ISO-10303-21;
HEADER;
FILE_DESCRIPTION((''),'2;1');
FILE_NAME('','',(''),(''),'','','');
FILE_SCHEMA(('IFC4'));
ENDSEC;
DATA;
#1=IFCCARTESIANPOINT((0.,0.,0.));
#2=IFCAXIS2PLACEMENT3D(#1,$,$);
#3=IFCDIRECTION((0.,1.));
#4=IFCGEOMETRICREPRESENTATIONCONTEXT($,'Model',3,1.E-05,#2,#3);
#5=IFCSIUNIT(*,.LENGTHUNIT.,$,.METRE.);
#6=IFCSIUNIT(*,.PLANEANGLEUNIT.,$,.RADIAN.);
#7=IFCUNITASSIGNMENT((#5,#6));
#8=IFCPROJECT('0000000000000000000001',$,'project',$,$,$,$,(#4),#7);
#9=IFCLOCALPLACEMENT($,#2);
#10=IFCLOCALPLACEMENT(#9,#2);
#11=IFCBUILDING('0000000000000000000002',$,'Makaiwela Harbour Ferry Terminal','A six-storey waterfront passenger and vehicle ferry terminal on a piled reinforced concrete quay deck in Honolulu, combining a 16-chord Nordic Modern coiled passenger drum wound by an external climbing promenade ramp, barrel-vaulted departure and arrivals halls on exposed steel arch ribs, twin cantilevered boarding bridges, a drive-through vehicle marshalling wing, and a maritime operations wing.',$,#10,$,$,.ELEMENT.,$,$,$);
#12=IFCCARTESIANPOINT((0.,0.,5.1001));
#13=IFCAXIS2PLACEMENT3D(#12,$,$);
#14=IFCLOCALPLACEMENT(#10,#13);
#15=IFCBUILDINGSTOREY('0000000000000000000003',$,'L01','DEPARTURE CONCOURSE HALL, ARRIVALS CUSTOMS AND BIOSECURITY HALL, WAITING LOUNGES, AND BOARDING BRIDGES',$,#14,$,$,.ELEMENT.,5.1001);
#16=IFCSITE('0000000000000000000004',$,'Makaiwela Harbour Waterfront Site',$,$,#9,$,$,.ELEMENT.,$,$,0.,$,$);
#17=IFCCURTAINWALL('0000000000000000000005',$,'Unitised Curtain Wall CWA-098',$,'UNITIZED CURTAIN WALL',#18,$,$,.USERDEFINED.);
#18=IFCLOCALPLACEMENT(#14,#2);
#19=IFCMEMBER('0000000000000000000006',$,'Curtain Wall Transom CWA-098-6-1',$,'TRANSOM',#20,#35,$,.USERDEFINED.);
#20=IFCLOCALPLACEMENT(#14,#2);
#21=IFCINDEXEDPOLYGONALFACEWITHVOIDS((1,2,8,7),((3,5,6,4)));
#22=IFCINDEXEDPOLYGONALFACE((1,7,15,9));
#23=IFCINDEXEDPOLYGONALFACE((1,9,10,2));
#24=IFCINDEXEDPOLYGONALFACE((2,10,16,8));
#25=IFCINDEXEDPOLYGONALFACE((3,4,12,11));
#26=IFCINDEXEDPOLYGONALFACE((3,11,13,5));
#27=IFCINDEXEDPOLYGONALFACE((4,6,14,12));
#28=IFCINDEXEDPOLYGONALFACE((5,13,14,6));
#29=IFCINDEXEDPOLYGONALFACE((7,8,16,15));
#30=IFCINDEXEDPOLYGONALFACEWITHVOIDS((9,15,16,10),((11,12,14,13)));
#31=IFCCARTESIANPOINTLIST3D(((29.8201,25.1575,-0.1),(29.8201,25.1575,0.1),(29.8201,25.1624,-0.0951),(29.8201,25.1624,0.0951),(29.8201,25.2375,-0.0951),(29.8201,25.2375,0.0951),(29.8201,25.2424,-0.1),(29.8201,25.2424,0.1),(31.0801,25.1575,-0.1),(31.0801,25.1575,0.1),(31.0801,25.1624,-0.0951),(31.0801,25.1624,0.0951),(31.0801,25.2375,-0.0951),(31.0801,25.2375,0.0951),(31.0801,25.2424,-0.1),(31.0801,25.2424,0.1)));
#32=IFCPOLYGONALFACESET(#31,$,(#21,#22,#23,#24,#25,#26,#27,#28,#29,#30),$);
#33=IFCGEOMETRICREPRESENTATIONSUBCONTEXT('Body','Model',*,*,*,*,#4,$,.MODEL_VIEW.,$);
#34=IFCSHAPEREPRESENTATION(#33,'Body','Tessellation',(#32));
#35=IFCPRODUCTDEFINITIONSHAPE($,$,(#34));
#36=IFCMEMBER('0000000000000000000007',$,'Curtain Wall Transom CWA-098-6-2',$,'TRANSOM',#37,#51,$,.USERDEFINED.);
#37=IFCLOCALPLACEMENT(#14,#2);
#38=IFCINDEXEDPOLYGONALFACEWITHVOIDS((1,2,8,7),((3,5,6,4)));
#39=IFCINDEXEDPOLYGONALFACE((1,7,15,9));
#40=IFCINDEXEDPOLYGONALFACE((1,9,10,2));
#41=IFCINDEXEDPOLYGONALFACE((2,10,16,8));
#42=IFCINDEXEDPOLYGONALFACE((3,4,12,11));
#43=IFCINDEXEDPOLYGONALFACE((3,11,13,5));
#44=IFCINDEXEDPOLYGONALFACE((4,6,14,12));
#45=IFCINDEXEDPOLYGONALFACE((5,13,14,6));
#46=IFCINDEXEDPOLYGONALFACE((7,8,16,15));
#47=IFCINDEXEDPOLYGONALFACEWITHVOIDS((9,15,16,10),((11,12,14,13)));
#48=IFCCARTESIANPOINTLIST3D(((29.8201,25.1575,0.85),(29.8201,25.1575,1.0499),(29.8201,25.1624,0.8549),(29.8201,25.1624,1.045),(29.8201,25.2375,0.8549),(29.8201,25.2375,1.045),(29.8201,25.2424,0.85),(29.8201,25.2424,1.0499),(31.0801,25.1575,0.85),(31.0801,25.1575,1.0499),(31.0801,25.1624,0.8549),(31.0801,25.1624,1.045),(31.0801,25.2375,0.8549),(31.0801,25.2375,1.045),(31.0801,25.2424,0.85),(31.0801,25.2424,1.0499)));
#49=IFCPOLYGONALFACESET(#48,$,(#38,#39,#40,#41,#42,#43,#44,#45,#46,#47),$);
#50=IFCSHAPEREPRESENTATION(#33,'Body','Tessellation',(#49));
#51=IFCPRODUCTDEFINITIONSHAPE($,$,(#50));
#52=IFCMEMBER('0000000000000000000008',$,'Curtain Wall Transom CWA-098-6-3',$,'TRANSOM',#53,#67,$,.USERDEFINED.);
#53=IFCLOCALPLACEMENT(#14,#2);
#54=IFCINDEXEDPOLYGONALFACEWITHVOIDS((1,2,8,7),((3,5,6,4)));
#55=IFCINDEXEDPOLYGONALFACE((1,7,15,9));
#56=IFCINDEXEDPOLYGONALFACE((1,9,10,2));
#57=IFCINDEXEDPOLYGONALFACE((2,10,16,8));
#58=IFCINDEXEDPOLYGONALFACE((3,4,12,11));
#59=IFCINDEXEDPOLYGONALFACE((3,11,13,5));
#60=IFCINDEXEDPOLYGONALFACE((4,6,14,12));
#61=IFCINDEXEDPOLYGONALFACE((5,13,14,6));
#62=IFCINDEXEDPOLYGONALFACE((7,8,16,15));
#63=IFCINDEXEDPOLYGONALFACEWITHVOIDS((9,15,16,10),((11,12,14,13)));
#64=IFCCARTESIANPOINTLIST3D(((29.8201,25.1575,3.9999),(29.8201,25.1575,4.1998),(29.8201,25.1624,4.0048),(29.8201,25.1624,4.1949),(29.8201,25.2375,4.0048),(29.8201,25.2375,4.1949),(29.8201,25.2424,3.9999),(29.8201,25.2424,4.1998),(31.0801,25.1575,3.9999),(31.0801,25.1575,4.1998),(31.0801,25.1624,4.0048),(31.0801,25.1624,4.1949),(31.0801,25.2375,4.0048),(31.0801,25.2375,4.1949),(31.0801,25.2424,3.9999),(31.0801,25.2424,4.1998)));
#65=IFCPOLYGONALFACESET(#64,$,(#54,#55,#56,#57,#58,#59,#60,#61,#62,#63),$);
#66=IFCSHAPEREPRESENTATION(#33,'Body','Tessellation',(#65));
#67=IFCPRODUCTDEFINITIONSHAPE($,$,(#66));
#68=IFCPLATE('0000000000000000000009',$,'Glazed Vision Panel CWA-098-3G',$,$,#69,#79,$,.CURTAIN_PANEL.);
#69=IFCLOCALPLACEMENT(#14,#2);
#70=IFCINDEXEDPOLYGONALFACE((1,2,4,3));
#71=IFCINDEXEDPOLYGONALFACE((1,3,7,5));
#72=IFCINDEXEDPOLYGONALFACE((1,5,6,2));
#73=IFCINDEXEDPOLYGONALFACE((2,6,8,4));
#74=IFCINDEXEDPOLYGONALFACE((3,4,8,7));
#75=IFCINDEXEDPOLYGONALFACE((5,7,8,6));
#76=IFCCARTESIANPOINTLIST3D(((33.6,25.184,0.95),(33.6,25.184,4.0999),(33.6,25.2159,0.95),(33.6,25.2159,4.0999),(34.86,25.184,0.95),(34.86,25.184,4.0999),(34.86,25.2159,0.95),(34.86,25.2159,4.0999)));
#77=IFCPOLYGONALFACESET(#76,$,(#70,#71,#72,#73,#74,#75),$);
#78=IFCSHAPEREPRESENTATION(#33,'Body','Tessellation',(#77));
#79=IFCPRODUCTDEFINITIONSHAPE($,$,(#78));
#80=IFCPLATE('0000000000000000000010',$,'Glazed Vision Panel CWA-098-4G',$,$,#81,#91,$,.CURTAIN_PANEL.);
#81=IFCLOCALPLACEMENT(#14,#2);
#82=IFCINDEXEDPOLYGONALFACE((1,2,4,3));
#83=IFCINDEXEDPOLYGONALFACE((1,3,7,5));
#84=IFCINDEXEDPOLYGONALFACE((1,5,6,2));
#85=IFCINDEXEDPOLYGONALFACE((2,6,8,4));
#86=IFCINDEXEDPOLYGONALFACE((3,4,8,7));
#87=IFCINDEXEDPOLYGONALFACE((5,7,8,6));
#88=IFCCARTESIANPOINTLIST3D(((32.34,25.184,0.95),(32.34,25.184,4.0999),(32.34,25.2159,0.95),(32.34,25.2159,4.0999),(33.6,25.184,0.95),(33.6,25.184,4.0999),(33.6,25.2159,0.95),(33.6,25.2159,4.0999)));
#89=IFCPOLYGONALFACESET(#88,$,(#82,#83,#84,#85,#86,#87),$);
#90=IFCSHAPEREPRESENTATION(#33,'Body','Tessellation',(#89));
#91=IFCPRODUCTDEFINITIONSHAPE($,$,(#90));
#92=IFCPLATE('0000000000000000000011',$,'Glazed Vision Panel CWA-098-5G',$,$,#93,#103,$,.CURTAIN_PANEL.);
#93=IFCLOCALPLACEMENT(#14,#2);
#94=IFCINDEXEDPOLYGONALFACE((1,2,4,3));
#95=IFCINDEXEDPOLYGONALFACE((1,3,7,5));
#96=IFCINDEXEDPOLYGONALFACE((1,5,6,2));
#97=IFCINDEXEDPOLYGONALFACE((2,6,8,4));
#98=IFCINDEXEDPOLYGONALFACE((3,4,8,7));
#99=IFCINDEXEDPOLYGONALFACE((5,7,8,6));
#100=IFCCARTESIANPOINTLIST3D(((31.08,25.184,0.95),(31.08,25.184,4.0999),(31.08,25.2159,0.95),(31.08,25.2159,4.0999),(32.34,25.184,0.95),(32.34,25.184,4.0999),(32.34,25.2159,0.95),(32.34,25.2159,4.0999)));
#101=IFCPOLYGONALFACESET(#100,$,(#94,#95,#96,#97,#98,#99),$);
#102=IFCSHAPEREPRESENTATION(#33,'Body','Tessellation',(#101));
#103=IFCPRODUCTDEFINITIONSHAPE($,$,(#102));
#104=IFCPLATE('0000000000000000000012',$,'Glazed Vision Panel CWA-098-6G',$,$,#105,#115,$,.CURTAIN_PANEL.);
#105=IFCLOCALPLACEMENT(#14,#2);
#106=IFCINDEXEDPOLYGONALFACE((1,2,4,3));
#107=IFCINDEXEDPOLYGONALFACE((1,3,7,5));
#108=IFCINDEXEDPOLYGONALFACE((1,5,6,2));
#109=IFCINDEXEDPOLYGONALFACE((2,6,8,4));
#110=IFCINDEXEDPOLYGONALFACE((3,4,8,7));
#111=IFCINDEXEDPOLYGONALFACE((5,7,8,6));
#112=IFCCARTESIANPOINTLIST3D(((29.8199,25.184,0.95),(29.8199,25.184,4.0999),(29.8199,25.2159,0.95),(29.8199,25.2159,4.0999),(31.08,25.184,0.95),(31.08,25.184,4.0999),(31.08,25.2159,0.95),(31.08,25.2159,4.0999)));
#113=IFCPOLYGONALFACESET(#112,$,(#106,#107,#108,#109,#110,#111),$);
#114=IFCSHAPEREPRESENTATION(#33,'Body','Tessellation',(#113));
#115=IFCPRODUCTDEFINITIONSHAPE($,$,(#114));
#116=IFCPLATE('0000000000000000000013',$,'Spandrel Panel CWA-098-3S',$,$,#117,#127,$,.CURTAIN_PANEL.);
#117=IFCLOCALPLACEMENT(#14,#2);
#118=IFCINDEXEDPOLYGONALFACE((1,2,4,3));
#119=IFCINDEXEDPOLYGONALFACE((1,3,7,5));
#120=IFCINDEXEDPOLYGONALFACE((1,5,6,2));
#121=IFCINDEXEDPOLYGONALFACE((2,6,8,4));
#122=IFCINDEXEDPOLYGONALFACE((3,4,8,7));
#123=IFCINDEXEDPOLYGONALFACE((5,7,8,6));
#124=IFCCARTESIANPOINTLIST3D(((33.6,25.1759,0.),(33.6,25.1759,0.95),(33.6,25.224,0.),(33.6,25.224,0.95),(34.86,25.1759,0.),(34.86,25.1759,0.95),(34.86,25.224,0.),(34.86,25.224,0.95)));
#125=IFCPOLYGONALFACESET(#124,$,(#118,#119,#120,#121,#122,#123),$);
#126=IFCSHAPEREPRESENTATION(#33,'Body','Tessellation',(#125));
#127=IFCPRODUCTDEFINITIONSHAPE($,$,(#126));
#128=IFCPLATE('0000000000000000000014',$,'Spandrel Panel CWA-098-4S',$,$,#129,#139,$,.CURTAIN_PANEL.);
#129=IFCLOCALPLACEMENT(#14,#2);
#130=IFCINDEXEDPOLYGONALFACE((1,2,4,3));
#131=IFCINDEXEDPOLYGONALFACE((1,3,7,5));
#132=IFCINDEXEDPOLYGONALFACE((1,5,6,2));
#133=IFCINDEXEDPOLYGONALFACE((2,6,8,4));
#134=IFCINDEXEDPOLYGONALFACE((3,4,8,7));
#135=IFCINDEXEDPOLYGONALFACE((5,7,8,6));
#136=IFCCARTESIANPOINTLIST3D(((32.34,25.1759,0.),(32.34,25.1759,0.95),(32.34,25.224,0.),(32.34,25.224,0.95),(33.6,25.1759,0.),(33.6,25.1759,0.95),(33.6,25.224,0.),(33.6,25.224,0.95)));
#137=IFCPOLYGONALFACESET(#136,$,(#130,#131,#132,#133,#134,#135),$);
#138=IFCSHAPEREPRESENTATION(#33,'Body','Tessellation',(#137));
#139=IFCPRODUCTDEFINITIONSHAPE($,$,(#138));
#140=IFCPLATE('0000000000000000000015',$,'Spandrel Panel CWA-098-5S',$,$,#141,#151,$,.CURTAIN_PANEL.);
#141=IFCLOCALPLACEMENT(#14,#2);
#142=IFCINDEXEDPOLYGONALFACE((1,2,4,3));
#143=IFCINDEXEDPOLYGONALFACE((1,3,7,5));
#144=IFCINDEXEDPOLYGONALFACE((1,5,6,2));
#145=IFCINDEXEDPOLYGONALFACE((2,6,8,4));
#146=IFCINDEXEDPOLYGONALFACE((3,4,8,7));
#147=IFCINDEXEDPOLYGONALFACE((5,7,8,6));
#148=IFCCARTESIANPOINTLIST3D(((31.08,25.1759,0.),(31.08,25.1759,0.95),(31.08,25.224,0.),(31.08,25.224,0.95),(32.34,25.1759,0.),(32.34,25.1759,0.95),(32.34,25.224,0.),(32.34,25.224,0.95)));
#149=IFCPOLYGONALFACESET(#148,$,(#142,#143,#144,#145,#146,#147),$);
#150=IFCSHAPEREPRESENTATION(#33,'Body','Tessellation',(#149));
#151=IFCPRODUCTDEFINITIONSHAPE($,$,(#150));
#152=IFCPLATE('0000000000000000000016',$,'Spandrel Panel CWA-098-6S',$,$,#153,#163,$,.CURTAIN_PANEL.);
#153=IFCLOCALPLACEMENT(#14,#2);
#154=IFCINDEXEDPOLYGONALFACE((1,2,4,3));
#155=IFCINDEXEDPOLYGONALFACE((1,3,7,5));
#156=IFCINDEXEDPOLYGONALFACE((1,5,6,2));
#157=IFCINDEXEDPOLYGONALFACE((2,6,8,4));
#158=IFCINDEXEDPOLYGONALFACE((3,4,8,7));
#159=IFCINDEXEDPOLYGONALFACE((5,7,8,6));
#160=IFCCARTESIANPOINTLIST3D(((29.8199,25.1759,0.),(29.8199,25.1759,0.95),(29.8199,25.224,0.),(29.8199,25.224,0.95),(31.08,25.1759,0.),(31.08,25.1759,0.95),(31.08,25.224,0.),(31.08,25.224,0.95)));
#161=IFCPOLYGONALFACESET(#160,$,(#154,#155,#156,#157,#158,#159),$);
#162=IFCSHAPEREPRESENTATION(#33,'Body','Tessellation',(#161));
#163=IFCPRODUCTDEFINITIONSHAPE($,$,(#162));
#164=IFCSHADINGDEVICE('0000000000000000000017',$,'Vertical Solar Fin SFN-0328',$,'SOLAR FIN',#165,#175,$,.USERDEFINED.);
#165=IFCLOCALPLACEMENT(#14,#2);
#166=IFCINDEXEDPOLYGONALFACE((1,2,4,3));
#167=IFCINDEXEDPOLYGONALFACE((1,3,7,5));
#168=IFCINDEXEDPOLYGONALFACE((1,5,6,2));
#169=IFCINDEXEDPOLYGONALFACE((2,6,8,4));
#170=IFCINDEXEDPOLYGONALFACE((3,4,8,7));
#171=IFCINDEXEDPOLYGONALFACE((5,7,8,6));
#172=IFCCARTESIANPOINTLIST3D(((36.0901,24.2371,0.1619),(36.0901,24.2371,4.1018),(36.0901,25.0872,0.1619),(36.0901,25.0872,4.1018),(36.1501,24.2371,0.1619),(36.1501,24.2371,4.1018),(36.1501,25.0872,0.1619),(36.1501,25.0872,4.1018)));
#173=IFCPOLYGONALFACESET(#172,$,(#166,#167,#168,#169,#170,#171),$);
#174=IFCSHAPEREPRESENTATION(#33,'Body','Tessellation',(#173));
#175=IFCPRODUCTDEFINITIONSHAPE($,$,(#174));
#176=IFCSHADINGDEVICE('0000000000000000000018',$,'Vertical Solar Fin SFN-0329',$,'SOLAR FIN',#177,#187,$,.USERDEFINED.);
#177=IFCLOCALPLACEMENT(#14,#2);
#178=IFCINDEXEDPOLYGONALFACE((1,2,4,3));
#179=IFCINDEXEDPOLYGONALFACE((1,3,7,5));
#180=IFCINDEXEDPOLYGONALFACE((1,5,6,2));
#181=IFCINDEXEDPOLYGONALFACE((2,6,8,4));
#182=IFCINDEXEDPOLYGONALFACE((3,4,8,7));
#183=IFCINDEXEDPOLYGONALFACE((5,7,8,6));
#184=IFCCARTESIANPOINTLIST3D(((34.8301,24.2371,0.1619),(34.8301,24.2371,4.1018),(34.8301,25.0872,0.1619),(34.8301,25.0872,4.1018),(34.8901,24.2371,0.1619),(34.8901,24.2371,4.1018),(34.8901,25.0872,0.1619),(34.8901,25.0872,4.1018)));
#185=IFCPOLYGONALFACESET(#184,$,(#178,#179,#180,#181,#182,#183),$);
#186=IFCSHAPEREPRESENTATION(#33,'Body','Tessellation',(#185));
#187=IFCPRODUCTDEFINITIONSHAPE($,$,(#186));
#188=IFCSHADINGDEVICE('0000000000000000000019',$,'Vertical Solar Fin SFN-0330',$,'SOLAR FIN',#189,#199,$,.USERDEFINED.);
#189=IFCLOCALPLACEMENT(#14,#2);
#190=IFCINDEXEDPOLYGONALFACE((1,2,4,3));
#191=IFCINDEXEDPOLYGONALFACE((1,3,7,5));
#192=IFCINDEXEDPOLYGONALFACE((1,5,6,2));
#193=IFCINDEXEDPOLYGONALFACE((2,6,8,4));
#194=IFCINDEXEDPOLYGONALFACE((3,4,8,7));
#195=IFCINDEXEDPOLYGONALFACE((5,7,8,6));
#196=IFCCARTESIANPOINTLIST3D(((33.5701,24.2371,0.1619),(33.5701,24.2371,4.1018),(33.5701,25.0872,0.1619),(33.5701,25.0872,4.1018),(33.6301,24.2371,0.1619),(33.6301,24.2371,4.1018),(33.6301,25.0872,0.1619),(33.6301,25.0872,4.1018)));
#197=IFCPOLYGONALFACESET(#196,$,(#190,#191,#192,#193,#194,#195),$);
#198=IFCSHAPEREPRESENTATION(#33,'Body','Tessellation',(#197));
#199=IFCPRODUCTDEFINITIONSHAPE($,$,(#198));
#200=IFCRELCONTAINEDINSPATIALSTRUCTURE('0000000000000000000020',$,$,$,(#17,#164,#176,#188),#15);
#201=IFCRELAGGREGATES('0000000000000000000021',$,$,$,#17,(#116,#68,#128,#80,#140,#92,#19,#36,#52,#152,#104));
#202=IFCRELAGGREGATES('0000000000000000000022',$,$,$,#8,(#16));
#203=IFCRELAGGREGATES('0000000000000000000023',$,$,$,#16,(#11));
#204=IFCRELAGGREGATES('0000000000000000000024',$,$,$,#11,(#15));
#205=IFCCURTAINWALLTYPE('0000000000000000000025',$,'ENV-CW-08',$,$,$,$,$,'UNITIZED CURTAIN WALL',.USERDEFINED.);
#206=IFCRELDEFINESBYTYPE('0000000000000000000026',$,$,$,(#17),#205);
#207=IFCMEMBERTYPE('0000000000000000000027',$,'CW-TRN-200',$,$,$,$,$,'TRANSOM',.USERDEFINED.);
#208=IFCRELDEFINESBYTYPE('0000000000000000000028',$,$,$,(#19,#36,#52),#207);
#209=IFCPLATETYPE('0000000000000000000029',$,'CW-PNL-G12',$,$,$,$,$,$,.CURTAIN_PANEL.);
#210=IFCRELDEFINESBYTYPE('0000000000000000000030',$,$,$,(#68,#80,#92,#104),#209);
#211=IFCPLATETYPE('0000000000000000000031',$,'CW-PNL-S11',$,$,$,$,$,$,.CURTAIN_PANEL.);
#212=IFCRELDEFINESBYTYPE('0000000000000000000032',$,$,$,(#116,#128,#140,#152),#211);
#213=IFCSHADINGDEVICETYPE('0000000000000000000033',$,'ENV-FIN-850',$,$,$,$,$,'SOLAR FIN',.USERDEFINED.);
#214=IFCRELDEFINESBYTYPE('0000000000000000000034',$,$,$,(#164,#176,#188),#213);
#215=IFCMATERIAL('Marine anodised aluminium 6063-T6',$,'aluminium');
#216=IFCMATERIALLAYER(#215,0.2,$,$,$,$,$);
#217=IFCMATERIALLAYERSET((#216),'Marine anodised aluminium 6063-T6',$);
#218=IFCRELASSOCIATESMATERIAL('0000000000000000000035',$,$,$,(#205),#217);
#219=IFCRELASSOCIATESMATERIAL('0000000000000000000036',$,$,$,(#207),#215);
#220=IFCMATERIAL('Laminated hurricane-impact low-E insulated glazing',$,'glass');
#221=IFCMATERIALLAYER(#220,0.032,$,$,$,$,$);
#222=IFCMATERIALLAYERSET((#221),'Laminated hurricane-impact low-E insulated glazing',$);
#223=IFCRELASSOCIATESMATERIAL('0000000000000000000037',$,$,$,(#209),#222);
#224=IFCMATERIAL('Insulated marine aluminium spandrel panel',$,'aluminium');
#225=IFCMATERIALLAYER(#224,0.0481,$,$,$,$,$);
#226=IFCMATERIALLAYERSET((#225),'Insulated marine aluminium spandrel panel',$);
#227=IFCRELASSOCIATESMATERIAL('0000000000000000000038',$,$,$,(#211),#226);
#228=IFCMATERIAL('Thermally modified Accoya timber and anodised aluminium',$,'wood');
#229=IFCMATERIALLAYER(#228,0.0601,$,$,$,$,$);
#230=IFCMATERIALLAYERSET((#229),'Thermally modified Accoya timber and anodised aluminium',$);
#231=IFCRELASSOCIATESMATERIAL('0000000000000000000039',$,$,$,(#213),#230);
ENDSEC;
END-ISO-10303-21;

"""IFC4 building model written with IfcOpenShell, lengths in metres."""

from ifc_helpers import new_model, si_unit, direction, frame, origin, origin_2d, place, context, subcontext, project, spatial, rectangle, hollow_rectangle, extrude, material, layer, layer_set, material_profile, profile_set, type_object, element, aggregate, save


model = new_model("IFC4")

# Units and contexts
model_context = context("Model", 3, precision=1e-05, world=origin(), true_north=direction((0.0, 1.0)))
body_context = subcontext(model_context, "Body", "Model", "MODEL_VIEW")
ifc_project = project(units=[si_unit("LENGTHUNIT", "METRE"), si_unit("PLANEANGLEUNIT", "RADIAN")], contexts=[model_context])

# Site, building, storey
site_placement = place(None, origin())
site = spatial("IfcSite", under=ifc_project, at=site_placement, Name="Makaiwela Harbour Waterfront Site", CompositionType="ELEMENT", RefElevation=0.0)
building_placement = place(site_placement, origin())
building = spatial("IfcBuilding", under=site, at=building_placement, Name="Makaiwela Harbour Ferry Terminal", Description="A six-storey waterfront passenger and vehicle ferry terminal on a piled reinforced concrete quay deck in Honolulu, combining a 16-chord Nordic Modern coiled passenger drum wound by an external climbing promenade ramp, barrel-vaulted departure and arrivals halls on exposed steel arch ribs, twin cantilevered boarding bridges, a drive-through vehicle marshalling wing, and a maritime operations wing.", CompositionType="ELEMENT")
storey_placement = place(building_placement, frame((0.0, 0.0, 5.1001)))
storey = spatial("IfcBuildingStorey", under=building, at=storey_placement, Name="L01", Description="DEPARTURE CONCOURSE HALL, ARRIVALS CUSTOMS AND BIOSECURITY HALL, WAITING LOUNGES, AND BOARDING BRIDGES", CompositionType="ELEMENT", Elevation=5.1001)

# Curtain wall, members, plates
ifc_material_1 = material(Name="Marine anodised aluminium 6063-T6", Category="aluminium")
ifc_layer_1 = layer(ifc_material_1, 0.2)
ifc_layer_set_1 = layer_set([ifc_layer_1], Name="Marine anodised aluminium 6063-T6")
curtain_wall_type = type_object("IfcCurtainWallType", Name="ENV-CW-08", ElementType="UNITIZED CURTAIN WALL", PredefinedType="USERDEFINED", material=ifc_layer_set_1)
curtain_wall_placement = place(storey_placement, origin())
curtain_wall = element("IfcCurtainWall", 1, at=curtain_wall_placement, inside=storey, type_object=curtain_wall_type, Name="Unitised Curtain Wall CWA-098", ObjectType="UNITIZED CURTAIN WALL", PredefinedType="USERDEFINED")
ifc_material_profile_1 = material_profile(ifc_material_1, hollow_rectangle(XDim=0.085, YDim=0.2, WallThickness=0.0049, at=origin_2d()), Name="CWT-200X85")
ifc_profile_set_1 = profile_set([ifc_material_profile_1], Name="Marine anodised aluminium 6063-T6")
member_type_1 = type_object("IfcMemberType", Name="CW-TRN-200", ElementType="TRANSOM", PredefinedType="USERDEFINED", material=ifc_profile_set_1)
member_1_placement = place(storey_placement, frame((31.0801, 25.2, 0.0), z_axis=(-1.0, 0.0, 0.0), x_axis=(0.0, -1.0, 0.0)))
member_1 = element("IfcMember", 2, at=member_1_placement, type_object=member_type_1, Name="Curtain Wall Transom CWA-098-6-1", ObjectType="TRANSOM", PredefinedType="USERDEFINED", context=body_context, shape_type="SweptSolid", body=[
    extrude(hollow_rectangle(XDim=0.085, YDim=0.2, WallThickness=0.0049, at=origin_2d()), origin(), (0.0, 0.0, 1.0), 1.26),
])
member_2_placement = place(storey_placement, frame((31.0801, 25.2, 0.95), z_axis=(-1.0, 0.0, 0.0), x_axis=(0.0, -1.0, 0.0)))
member_2 = element("IfcMember", 3, at=member_2_placement, type_object=member_type_1, Name="Curtain Wall Transom CWA-098-6-2", ObjectType="TRANSOM", PredefinedType="USERDEFINED", context=body_context, shape_type="SweptSolid", body=[
    extrude(hollow_rectangle(XDim=0.085, YDim=0.2, WallThickness=0.0049, at=origin_2d()), origin(), (0.0, 0.0, 1.0), 1.26),
])
member_3_placement = place(storey_placement, frame((31.0801, 25.2, 4.0999), z_axis=(-1.0, 0.0, 0.0), x_axis=(0.0, -1.0, 0.0)))
member_3 = element("IfcMember", 4, at=member_3_placement, type_object=member_type_1, Name="Curtain Wall Transom CWA-098-6-3", ObjectType="TRANSOM", PredefinedType="USERDEFINED", context=body_context, shape_type="SweptSolid", body=[
    extrude(hollow_rectangle(XDim=0.085, YDim=0.2, WallThickness=0.0049, at=origin_2d()), origin(), (0.0, 0.0, 1.0), 1.26),
])
ifc_material_2 = material(Name="Laminated hurricane-impact low-E insulated glazing", Category="glass")
ifc_layer_2 = layer(ifc_material_2, 0.032)
ifc_layer_set_2 = layer_set([ifc_layer_2], Name="Laminated hurricane-impact low-E insulated glazing")
plate_type_1 = type_object("IfcPlateType", Name="CW-PNL-G12", PredefinedType="CURTAIN_PANEL", material=ifc_layer_set_2)
plate_1_placement = place(storey_placement, frame((34.23, 25.2, 0.95), z_axis=(0.0, 0.0, 1.0), x_axis=(-1.0, 0.0, 0.0)))
plate_1 = element("IfcPlate", 5, at=plate_1_placement, type_object=plate_type_1, Name="Glazed Vision Panel CWA-098-3G", PredefinedType="CURTAIN_PANEL", context=body_context, shape_type="SweptSolid", body=[
    extrude(rectangle(XDim=1.26, YDim=0.032, at=origin_2d()), origin(), (0.0, 0.0, 1.0), 3.1499),
])
plate_2_placement = place(storey_placement, frame((32.97, 25.2, 0.95), z_axis=(0.0, 0.0, 1.0), x_axis=(-1.0, 0.0, 0.0)))
plate_2 = element("IfcPlate", 6, at=plate_2_placement, type_object=plate_type_1, Name="Glazed Vision Panel CWA-098-4G", PredefinedType="CURTAIN_PANEL", context=body_context, shape_type="SweptSolid", body=[
    extrude(rectangle(XDim=1.26, YDim=0.032, at=origin_2d()), origin(), (0.0, 0.0, 1.0), 3.1499),
])
plate_3_placement = place(storey_placement, frame((31.71, 25.2, 0.95), z_axis=(0.0, 0.0, 1.0), x_axis=(-1.0, 0.0, 0.0)))
plate_3 = element("IfcPlate", 7, at=plate_3_placement, type_object=plate_type_1, Name="Glazed Vision Panel CWA-098-5G", PredefinedType="CURTAIN_PANEL", context=body_context, shape_type="SweptSolid", body=[
    extrude(rectangle(XDim=1.26, YDim=0.032, at=origin_2d()), origin(), (0.0, 0.0, 1.0), 3.1499),
])
plate_4_placement = place(storey_placement, frame((30.45, 25.2, 0.95), z_axis=(0.0, 0.0, 1.0), x_axis=(-1.0, 0.0, 0.0)))
plate_4 = element("IfcPlate", 8, at=plate_4_placement, type_object=plate_type_1, Name="Glazed Vision Panel CWA-098-6G", PredefinedType="CURTAIN_PANEL", context=body_context, shape_type="SweptSolid", body=[
    extrude(rectangle(XDim=1.26, YDim=0.032, at=origin_2d()), origin(), (0.0, 0.0, 1.0), 3.1499),
])
ifc_material_3 = material(Name="Insulated marine aluminium spandrel panel", Category="aluminium")
ifc_layer_3 = layer(ifc_material_3, 0.0481)
ifc_layer_set_3 = layer_set([ifc_layer_3], Name="Insulated marine aluminium spandrel panel")
plate_type_2 = type_object("IfcPlateType", Name="CW-PNL-S11", PredefinedType="CURTAIN_PANEL", material=ifc_layer_set_3)
plate_5_placement = place(storey_placement, frame((34.23, 25.2, 0.0), z_axis=(0.0, 0.0, 1.0), x_axis=(-1.0, 0.0, 0.0)))
plate_5 = element("IfcPlate", 9, at=plate_5_placement, type_object=plate_type_2, Name="Spandrel Panel CWA-098-3S", PredefinedType="CURTAIN_PANEL", context=body_context, shape_type="SweptSolid", body=[
    extrude(rectangle(XDim=1.26, YDim=0.0481, at=origin_2d()), origin(), (0.0, 0.0, 1.0), 0.95),
])
plate_6_placement = place(storey_placement, frame((32.97, 25.2, 0.0), z_axis=(0.0, 0.0, 1.0), x_axis=(-1.0, 0.0, 0.0)))
plate_6 = element("IfcPlate", 10, at=plate_6_placement, type_object=plate_type_2, Name="Spandrel Panel CWA-098-4S", PredefinedType="CURTAIN_PANEL", context=body_context, shape_type="SweptSolid", body=[
    extrude(rectangle(XDim=1.26, YDim=0.0481, at=origin_2d()), origin(), (0.0, 0.0, 1.0), 0.95),
])
plate_7_placement = place(storey_placement, frame((31.71, 25.2, 0.0), z_axis=(0.0, 0.0, 1.0), x_axis=(-1.0, 0.0, 0.0)))
plate_7 = element("IfcPlate", 11, at=plate_7_placement, type_object=plate_type_2, Name="Spandrel Panel CWA-098-5S", PredefinedType="CURTAIN_PANEL", context=body_context, shape_type="SweptSolid", body=[
    extrude(rectangle(XDim=1.26, YDim=0.0481, at=origin_2d()), origin(), (0.0, 0.0, 1.0), 0.95),
])
plate_8_placement = place(storey_placement, frame((30.45, 25.2, 0.0), z_axis=(0.0, 0.0, 1.0), x_axis=(-1.0, 0.0, 0.0)))
plate_8 = element("IfcPlate", 12, at=plate_8_placement, type_object=plate_type_2, Name="Spandrel Panel CWA-098-6S", PredefinedType="CURTAIN_PANEL", context=body_context, shape_type="SweptSolid", body=[
    extrude(rectangle(XDim=1.26, YDim=0.0481, at=origin_2d()), origin(), (0.0, 0.0, 1.0), 0.95),
])
aggregate(curtain_wall, [plate_5, plate_1, plate_6, plate_2, plate_7, plate_3, member_1, member_2, member_3, plate_8, plate_4])

# Shading devices
ifc_material_4 = material(Name="Thermally modified Accoya timber and anodised aluminium", Category="wood")
ifc_layer_4 = layer(ifc_material_4, 0.0601)
ifc_layer_set_4 = layer_set([ifc_layer_4], Name="Thermally modified Accoya timber and anodised aluminium")
shading_device_type = type_object("IfcShadingDeviceType", Name="ENV-FIN-850", ElementType="SOLAR FIN", PredefinedType="USERDEFINED", material=ifc_layer_set_4)
for number, where, z_axis, x_axis, name in (
    (13, (36.1201, 24.6621, 0.1619), (0.0, 0.0, 1.0), (0.0, -1.0, 0.0), "Vertical Solar Fin SFN-0328"),
    (14, (34.8601, 24.6621, 0.1619), (0.0, 0.0, 1.0), (0.0, -1.0, 0.0), "Vertical Solar Fin SFN-0329"),
    (15, (33.6001, 24.6621, 0.1619), (0.0, 0.0, 1.0), (0.0, -1.0, 0.0), "Vertical Solar Fin SFN-0330"),
):
    element("IfcShadingDevice", number, at=place(storey_placement, frame(where, z_axis=z_axis, x_axis=x_axis)), inside=storey, type_object=shading_device_type, Name=name, ObjectType="SOLAR FIN", PredefinedType="USERDEFINED", context=body_context, shape_type="SweptSolid", body=[
        extrude(rectangle(XDim=0.8501, YDim=0.0601, at=origin_2d()), origin(), (0.0, 0.0, 1.0), 3.9399),
    ])

save(model, "model.ifc")
